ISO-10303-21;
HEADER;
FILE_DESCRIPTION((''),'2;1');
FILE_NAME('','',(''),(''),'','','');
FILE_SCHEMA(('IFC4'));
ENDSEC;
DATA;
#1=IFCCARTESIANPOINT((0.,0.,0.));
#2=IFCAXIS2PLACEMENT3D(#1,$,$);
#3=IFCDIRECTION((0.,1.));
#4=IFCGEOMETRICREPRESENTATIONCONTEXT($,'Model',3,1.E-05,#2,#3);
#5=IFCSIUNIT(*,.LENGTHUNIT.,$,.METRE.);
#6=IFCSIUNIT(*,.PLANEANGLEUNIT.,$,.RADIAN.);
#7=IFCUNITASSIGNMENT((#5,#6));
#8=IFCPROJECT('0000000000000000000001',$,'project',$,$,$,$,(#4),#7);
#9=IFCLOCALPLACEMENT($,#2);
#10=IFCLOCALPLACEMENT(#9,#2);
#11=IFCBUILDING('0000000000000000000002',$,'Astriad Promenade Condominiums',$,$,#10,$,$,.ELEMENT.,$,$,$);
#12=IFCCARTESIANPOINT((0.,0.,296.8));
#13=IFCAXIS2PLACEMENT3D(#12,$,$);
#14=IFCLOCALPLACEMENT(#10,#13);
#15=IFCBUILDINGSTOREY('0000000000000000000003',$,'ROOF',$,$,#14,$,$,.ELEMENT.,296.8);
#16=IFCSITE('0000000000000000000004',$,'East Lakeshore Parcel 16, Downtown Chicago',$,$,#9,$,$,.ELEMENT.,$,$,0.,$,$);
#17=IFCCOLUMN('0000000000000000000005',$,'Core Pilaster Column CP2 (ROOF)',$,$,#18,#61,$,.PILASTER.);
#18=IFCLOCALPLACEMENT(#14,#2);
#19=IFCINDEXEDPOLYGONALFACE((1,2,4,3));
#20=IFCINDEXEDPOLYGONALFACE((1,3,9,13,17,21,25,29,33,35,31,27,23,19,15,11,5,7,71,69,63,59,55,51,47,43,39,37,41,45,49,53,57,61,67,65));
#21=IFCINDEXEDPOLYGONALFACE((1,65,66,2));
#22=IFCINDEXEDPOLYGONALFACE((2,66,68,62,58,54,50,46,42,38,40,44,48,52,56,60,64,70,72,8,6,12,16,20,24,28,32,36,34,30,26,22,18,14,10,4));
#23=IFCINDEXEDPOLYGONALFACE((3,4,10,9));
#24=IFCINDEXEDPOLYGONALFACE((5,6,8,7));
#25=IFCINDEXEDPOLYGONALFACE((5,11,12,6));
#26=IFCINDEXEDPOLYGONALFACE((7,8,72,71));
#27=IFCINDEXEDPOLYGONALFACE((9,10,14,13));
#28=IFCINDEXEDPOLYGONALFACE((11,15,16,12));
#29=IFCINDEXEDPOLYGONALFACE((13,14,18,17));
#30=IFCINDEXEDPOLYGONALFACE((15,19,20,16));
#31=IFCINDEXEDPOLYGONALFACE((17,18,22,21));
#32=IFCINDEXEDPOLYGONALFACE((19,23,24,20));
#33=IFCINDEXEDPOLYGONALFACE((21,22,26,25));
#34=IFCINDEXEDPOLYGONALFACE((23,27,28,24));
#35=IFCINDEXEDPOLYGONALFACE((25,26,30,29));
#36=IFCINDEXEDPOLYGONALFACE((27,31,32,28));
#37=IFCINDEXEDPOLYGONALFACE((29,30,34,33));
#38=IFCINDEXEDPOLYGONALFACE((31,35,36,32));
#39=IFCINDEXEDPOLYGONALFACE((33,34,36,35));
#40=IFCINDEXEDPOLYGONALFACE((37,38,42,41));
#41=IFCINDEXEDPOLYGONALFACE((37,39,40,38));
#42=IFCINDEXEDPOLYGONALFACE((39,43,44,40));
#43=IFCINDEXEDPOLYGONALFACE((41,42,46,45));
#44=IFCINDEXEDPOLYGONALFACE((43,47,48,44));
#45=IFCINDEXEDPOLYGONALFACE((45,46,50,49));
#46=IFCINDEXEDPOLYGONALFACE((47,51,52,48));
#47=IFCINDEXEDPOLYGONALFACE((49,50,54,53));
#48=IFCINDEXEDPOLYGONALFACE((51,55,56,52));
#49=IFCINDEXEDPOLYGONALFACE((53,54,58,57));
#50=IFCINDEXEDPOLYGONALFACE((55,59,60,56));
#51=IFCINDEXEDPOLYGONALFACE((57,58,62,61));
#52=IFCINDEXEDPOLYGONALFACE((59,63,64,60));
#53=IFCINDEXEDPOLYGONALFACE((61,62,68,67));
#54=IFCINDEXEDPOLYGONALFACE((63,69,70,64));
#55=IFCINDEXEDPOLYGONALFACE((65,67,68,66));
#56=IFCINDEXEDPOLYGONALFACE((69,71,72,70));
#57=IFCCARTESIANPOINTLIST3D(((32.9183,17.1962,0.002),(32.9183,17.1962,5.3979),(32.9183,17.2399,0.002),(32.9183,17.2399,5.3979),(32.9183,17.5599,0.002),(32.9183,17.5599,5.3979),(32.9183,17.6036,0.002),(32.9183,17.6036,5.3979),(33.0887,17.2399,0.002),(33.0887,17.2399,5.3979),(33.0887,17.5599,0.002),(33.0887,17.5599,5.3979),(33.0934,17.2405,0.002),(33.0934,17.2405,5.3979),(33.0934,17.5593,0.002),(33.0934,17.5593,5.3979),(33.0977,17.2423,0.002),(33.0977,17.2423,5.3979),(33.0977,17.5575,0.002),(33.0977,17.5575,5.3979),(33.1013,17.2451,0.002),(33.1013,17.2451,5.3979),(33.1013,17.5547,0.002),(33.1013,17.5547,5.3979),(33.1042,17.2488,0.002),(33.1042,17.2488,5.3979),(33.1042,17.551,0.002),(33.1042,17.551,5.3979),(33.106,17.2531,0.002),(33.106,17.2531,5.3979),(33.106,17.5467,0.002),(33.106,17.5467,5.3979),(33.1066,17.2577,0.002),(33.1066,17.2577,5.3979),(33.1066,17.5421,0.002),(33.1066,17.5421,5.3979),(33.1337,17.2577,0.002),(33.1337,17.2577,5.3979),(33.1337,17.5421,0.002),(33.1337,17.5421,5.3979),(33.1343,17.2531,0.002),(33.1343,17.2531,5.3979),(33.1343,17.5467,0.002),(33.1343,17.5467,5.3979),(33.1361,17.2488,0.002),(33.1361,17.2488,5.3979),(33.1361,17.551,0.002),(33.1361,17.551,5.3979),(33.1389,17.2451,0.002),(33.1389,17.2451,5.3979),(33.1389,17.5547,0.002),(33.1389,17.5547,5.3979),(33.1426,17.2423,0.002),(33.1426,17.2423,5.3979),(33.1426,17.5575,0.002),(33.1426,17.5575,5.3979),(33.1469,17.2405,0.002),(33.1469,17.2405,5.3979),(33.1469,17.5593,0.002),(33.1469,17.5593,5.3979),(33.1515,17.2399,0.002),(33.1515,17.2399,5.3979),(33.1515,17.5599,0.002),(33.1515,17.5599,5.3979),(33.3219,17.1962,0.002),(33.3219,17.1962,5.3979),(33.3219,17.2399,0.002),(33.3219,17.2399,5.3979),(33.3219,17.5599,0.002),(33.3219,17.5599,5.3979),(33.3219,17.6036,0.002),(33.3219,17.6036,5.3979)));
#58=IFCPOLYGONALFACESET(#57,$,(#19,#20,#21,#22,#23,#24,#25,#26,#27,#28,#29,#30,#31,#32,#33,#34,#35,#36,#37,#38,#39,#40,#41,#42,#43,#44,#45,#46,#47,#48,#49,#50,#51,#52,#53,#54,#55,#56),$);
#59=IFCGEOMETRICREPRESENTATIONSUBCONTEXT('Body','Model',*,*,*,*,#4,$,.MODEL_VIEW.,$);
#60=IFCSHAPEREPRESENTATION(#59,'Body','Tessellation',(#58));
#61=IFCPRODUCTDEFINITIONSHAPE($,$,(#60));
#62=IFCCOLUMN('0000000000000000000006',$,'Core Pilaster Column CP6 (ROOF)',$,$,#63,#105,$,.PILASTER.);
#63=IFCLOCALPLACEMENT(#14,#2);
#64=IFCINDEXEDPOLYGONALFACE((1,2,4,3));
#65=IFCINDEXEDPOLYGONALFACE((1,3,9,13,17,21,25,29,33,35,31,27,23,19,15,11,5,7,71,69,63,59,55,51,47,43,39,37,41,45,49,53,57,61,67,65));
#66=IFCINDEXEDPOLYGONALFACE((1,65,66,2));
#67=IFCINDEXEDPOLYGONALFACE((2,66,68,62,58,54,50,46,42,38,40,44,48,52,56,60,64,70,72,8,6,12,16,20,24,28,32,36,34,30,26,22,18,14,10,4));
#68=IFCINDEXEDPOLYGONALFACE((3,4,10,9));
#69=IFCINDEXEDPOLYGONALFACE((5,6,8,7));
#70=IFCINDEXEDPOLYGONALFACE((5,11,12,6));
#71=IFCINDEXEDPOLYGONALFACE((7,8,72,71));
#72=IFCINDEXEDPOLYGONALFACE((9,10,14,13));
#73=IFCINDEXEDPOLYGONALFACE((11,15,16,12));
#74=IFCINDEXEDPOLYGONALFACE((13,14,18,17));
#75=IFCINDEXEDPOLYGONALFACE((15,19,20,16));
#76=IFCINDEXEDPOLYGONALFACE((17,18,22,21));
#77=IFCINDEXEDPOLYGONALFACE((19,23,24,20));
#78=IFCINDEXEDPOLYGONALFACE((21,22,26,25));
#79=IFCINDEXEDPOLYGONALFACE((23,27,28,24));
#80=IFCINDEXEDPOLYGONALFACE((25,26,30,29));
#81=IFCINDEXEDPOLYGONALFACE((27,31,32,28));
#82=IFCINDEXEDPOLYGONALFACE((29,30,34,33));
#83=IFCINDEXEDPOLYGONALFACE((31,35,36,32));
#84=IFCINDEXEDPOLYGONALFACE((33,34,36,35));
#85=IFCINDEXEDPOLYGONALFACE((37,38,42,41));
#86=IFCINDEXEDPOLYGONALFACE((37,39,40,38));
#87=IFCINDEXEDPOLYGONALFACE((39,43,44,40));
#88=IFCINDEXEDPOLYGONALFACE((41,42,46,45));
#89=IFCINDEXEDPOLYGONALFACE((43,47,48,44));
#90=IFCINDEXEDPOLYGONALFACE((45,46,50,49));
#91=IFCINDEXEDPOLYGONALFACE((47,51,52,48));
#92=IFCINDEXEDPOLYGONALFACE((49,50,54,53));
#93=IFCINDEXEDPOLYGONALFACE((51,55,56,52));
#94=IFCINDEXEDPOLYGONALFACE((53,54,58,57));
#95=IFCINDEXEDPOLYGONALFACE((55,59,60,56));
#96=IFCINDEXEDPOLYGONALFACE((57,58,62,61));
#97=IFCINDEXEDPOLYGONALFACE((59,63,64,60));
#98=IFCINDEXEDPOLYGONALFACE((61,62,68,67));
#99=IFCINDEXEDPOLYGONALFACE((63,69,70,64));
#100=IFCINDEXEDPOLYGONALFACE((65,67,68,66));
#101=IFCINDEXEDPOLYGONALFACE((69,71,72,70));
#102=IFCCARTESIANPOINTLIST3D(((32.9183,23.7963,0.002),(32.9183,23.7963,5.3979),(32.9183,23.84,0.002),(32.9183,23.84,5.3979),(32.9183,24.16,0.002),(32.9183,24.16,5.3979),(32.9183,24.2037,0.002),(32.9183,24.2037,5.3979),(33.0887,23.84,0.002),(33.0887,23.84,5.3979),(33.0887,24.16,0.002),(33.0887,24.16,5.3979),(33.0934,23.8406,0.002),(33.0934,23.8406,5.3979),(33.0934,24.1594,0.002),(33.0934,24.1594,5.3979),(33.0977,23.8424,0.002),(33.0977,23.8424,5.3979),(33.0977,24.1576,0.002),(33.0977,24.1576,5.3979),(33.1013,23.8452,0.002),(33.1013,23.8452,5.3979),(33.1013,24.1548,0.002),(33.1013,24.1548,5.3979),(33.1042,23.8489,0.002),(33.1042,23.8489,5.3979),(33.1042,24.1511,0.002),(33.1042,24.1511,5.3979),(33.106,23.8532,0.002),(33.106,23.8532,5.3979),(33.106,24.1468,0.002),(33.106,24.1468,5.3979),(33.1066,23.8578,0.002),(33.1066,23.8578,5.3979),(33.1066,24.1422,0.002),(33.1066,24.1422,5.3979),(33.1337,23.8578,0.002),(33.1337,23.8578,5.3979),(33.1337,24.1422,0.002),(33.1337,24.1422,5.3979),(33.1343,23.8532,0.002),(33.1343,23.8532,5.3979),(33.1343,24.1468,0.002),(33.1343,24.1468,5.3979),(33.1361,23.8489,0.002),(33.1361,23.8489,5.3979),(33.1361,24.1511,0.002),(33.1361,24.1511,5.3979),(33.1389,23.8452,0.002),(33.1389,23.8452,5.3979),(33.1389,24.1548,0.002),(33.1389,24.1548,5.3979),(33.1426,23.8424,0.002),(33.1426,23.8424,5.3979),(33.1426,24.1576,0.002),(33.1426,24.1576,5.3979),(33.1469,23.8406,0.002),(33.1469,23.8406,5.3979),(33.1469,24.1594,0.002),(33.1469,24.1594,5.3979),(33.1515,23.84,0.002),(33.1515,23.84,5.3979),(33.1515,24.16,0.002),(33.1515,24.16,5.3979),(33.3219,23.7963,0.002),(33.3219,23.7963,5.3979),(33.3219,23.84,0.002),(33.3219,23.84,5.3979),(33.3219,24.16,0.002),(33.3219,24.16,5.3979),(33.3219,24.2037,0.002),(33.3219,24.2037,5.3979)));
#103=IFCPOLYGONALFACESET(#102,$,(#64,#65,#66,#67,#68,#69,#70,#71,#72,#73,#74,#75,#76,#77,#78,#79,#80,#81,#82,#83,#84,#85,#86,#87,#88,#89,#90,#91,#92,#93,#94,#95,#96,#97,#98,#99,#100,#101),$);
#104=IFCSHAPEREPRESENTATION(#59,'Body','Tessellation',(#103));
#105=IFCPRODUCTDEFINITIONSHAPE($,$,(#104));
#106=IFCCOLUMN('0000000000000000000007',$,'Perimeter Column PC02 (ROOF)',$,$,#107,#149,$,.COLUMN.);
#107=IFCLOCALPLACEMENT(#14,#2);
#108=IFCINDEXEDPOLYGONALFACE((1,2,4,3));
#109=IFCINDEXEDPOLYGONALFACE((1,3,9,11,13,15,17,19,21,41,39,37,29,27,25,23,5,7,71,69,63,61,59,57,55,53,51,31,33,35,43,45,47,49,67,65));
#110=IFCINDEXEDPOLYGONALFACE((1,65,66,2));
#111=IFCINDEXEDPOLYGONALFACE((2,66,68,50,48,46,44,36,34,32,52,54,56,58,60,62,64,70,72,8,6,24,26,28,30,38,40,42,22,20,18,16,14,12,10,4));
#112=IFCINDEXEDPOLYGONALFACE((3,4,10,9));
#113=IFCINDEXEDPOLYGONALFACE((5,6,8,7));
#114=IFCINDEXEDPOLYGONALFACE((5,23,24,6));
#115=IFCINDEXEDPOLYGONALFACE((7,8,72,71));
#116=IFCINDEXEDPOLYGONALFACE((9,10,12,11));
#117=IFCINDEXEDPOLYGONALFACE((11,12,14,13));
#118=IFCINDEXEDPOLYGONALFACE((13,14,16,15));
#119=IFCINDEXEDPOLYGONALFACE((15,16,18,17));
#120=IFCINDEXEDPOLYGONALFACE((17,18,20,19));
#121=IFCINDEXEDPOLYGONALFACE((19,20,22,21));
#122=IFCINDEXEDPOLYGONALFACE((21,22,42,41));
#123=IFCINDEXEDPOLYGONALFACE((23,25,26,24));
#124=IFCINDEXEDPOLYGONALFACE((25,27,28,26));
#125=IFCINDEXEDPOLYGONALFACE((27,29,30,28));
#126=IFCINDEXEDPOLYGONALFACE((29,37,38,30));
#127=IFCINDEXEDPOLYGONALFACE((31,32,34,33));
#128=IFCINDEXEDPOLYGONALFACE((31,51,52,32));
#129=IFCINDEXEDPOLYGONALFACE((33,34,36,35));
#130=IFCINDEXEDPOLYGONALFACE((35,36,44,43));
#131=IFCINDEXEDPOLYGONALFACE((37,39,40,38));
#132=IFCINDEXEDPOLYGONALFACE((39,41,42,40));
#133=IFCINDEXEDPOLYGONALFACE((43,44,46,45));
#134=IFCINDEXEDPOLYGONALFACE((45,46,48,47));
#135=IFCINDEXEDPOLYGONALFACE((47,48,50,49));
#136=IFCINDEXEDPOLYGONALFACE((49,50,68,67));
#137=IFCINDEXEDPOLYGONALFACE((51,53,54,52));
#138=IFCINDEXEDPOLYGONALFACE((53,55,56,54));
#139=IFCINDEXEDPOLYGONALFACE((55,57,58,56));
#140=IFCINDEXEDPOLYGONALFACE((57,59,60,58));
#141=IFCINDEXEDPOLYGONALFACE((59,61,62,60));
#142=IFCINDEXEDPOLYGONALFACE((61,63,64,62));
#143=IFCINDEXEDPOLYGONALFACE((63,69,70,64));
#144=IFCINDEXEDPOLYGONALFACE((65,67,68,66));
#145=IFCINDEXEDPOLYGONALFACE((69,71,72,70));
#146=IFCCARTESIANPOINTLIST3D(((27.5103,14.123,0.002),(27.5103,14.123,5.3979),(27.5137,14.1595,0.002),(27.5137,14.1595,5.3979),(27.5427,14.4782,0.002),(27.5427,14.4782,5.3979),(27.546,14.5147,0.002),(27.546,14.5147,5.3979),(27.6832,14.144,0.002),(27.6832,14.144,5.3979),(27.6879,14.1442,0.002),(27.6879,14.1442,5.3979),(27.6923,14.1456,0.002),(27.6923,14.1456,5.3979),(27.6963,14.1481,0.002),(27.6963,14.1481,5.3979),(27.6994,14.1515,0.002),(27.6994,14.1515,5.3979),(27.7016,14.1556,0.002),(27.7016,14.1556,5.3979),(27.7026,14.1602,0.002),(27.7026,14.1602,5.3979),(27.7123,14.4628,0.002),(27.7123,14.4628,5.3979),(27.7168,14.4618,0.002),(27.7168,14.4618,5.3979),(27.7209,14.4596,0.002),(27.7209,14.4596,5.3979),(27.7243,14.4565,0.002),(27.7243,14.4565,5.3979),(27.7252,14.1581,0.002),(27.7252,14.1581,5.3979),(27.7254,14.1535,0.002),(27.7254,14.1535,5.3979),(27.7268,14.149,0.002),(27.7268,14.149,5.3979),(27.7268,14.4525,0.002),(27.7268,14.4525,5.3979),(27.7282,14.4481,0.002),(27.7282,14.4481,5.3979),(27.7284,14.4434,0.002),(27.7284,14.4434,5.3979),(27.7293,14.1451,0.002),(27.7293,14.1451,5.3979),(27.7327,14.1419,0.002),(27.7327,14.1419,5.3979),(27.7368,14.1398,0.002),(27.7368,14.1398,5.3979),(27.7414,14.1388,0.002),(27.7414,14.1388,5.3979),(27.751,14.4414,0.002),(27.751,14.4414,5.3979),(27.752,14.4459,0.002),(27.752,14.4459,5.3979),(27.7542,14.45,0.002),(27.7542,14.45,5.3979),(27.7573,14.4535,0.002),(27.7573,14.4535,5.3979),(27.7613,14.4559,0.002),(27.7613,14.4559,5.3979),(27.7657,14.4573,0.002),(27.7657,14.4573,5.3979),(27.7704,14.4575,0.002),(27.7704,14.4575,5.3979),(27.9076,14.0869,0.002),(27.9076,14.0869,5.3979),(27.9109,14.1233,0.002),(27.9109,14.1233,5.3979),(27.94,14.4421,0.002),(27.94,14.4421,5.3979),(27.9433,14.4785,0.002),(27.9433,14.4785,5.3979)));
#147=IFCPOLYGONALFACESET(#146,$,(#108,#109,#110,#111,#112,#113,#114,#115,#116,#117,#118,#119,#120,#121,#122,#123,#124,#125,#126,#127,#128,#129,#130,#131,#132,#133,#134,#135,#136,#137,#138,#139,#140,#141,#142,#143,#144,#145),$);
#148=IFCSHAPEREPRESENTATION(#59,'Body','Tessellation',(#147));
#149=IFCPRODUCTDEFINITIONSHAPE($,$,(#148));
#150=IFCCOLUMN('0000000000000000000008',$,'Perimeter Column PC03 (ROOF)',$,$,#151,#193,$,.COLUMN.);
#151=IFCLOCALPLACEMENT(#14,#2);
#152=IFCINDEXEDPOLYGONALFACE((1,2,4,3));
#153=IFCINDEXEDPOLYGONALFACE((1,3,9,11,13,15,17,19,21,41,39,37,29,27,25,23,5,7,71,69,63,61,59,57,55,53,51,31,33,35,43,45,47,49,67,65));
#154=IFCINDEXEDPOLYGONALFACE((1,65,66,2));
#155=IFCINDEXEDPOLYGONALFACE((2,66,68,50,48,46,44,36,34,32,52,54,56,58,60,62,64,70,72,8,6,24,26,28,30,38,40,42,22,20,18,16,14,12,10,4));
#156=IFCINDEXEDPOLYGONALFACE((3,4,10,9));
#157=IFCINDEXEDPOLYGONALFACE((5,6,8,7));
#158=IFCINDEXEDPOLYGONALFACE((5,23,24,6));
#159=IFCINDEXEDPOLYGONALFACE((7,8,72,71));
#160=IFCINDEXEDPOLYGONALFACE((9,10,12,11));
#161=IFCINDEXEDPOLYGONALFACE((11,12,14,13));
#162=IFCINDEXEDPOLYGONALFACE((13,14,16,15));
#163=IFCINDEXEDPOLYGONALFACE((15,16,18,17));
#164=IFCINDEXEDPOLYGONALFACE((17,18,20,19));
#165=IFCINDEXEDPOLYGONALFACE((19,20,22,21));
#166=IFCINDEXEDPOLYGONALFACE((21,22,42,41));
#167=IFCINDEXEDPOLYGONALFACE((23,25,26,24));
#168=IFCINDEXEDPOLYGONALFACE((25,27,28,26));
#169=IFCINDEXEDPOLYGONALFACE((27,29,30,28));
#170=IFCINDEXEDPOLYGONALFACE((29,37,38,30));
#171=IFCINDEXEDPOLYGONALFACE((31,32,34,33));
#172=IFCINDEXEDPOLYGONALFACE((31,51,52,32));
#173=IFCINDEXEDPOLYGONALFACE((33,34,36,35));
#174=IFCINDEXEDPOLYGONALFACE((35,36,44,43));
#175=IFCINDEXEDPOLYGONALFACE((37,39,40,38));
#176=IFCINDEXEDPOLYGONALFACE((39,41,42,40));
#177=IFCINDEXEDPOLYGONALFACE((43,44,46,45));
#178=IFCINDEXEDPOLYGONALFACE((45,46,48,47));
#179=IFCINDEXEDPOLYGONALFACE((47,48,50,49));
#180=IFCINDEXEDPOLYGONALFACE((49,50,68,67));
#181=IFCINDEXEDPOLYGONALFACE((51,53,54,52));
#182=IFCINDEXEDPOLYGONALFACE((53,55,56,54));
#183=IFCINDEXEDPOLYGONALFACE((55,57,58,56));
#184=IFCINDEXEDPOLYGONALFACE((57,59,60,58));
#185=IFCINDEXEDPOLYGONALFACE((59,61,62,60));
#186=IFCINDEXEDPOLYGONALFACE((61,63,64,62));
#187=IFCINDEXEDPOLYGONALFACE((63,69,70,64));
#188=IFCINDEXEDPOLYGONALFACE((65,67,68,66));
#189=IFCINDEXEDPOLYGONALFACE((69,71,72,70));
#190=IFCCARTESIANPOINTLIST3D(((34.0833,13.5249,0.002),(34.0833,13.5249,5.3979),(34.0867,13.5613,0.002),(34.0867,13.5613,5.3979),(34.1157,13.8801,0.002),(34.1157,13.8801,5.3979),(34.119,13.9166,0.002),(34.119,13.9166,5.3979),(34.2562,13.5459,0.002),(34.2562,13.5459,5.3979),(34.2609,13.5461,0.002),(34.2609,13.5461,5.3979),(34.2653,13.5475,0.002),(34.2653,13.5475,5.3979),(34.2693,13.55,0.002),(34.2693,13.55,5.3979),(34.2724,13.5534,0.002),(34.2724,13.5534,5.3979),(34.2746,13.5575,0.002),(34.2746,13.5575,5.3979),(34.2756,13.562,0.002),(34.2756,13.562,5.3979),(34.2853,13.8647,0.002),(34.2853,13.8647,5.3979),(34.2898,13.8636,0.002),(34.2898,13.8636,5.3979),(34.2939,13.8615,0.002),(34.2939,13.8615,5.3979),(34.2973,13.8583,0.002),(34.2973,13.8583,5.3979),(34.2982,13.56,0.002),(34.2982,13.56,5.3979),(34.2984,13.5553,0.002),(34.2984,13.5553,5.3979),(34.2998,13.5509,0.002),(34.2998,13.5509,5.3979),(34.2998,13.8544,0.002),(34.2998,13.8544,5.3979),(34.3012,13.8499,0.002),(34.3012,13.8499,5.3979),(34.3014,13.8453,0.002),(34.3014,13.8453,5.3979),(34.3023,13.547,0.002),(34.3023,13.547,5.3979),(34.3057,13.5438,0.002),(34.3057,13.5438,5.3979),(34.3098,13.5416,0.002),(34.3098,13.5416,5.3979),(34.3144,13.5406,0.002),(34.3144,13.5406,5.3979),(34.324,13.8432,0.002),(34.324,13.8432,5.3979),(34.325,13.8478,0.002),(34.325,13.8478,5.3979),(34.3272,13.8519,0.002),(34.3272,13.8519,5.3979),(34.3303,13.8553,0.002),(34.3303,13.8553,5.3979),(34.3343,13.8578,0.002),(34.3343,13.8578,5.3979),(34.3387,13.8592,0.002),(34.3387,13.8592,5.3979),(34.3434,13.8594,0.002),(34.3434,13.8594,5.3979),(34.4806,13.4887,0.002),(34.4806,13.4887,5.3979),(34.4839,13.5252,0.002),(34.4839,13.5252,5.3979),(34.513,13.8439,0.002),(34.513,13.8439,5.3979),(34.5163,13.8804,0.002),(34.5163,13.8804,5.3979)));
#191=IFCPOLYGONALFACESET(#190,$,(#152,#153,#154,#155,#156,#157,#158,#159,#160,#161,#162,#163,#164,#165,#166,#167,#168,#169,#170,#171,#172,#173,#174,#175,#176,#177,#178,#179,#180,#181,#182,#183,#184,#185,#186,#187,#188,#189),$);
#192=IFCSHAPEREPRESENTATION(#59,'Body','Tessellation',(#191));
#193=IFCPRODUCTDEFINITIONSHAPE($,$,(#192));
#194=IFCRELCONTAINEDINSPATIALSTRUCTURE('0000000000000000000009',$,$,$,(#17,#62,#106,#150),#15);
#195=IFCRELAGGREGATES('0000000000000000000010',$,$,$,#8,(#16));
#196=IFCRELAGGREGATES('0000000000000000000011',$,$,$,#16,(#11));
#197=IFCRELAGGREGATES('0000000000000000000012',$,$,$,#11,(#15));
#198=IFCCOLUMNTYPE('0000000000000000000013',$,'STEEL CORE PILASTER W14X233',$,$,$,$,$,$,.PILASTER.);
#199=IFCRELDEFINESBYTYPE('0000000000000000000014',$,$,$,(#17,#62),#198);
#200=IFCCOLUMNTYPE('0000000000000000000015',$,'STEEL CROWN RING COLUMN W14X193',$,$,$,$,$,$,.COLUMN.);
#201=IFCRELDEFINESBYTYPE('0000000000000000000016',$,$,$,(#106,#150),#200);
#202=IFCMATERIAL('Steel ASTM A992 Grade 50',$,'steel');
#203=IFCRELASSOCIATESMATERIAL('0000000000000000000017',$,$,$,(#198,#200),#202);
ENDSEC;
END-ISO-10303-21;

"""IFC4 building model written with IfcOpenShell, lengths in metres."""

from ifc_helpers import new_model, si_unit, direction, frame, origin, origin_2d, place, context, subcontext, project, spatial, i_section, extrude, source, transform, mapped, material, material_profile, profile_set, type_object, type_shapes, element, save


model = new_model("IFC4")

# Units and contexts
model_context = context("Model", 3, precision=1e-05, world=origin(), true_north=direction((0.0, 1.0)))
body_context = subcontext(model_context, "Body", "Model", "MODEL_VIEW")
ifc_project = project(units=[si_unit("LENGTHUNIT", "METRE"), si_unit("PLANEANGLEUNIT", "RADIAN")], contexts=[model_context])

# Site, building, storey
site_placement = place(None, origin())
site = spatial("IfcSite", under=ifc_project, at=site_placement, Name="East Lakeshore Parcel 16, Downtown Chicago", CompositionType="ELEMENT", RefElevation=0.0)
building_placement = place(site_placement, origin())
building = spatial("IfcBuilding", under=site, at=building_placement, Name="Astriad Promenade Condominiums", CompositionType="ELEMENT")
storey_placement = place(building_placement, frame((0.0, 0.0, 296.8)))
storey = spatial("IfcBuildingStorey", under=building, at=storey_placement, Name="ROOF", CompositionType="ELEMENT", Elevation=296.8)

# Columns
ifc_material_1 = material(Name="Steel ASTM A992 Grade 50", Category="steel")
ifc_material_profile_1 = material_profile(ifc_material_1, i_section(OverallWidth=0.4036, OverallDepth=0.4075, WebThickness=0.0271, FlangeThickness=0.0437, FilletRadius=0.0178, at=origin_2d()), Name="W14X233")
ifc_profile_set_1 = profile_set([ifc_material_profile_1], Name="Steel ASTM A992 Grade 50")
column_type_1 = type_object("IfcColumnType", Name="STEEL CORE PILASTER W14X233", PredefinedType="PILASTER", material=ifc_profile_set_1)
shared_shape_1 = source(origin(), body_context, "Body", "SweptSolid", [
    extrude(i_section(OverallWidth=0.4036, OverallDepth=0.4075, WebThickness=0.0271, FlangeThickness=0.0437, FilletRadius=0.0178, at=origin_2d()), origin(), (0.0, 0.0, 1.0), 5.396),
])
type_shapes(column_type_1, [shared_shape_1])
for number, where, z_axis, x_axis, name in (
    (1, (33.1201, 17.3999, 0.002), (0.0, 0.0, 1.0), (1.0, 0.0, 0.0), "Core Pilaster Column CP2 (ROOF)"),
    (2, (33.1201, 24.0, 0.002), (0.0, 0.0, 1.0), (1.0, 0.0, 0.0), "Core Pilaster Column CP6 (ROOF)"),
):
    element("IfcColumn", number, at=place(storey_placement, frame(where, z_axis=z_axis, x_axis=x_axis)), inside=storey, type_object=column_type_1, Name=name, PredefinedType="PILASTER", context=body_context, shape_type="MappedRepresentation", body=[
        mapped(shared_shape_1, transform((0.0, 0.0, 0.0), scale=1.0)),
    ])
ifc_material_profile_2 = material_profile(ifc_material_1, i_section(OverallWidth=0.3989, OverallDepth=0.3933, WebThickness=0.0227, FlangeThickness=0.0366, FilletRadius=0.0178, at=origin_2d()), Name="W14X193")
ifc_profile_set_2 = profile_set([ifc_material_profile_2], Name="Steel ASTM A992 Grade 50")
column_type_2 = type_object("IfcColumnType", Name="STEEL CROWN RING COLUMN W14X193", PredefinedType="COLUMN", material=ifc_profile_set_2)
shared_shape_2 = source(origin(), body_context, "Body", "SweptSolid", [
    extrude(i_section(OverallWidth=0.3989, OverallDepth=0.3933, WebThickness=0.0227, FlangeThickness=0.0366, FilletRadius=0.0178, at=origin_2d()), origin(), (0.0, 0.0, 1.0), 5.396),
])
type_shapes(column_type_2, [shared_shape_2])
for number, where, z_axis, x_axis, name in (
    (3, (27.7268, 14.3008, 0.002), (0.0, 0.0, 1.0), (0.995884, -0.090633, 0.0), "Perimeter Column PC02 (ROOF)"),
    (4, (34.2998, 13.7026, 0.002), (0.0, 0.0, 1.0), (0.995884, -0.090633, 0.0), "Perimeter Column PC03 (ROOF)"),
):
    element("IfcColumn", number, at=place(storey_placement, frame(where, z_axis=z_axis, x_axis=x_axis)), inside=storey, type_object=column_type_2, Name=name, PredefinedType="COLUMN", context=body_context, shape_type="MappedRepresentation", body=[
        mapped(shared_shape_2, transform((0.0, 0.0, 0.0), scale=1.0)),
    ])

save(model, "model.ifc")
